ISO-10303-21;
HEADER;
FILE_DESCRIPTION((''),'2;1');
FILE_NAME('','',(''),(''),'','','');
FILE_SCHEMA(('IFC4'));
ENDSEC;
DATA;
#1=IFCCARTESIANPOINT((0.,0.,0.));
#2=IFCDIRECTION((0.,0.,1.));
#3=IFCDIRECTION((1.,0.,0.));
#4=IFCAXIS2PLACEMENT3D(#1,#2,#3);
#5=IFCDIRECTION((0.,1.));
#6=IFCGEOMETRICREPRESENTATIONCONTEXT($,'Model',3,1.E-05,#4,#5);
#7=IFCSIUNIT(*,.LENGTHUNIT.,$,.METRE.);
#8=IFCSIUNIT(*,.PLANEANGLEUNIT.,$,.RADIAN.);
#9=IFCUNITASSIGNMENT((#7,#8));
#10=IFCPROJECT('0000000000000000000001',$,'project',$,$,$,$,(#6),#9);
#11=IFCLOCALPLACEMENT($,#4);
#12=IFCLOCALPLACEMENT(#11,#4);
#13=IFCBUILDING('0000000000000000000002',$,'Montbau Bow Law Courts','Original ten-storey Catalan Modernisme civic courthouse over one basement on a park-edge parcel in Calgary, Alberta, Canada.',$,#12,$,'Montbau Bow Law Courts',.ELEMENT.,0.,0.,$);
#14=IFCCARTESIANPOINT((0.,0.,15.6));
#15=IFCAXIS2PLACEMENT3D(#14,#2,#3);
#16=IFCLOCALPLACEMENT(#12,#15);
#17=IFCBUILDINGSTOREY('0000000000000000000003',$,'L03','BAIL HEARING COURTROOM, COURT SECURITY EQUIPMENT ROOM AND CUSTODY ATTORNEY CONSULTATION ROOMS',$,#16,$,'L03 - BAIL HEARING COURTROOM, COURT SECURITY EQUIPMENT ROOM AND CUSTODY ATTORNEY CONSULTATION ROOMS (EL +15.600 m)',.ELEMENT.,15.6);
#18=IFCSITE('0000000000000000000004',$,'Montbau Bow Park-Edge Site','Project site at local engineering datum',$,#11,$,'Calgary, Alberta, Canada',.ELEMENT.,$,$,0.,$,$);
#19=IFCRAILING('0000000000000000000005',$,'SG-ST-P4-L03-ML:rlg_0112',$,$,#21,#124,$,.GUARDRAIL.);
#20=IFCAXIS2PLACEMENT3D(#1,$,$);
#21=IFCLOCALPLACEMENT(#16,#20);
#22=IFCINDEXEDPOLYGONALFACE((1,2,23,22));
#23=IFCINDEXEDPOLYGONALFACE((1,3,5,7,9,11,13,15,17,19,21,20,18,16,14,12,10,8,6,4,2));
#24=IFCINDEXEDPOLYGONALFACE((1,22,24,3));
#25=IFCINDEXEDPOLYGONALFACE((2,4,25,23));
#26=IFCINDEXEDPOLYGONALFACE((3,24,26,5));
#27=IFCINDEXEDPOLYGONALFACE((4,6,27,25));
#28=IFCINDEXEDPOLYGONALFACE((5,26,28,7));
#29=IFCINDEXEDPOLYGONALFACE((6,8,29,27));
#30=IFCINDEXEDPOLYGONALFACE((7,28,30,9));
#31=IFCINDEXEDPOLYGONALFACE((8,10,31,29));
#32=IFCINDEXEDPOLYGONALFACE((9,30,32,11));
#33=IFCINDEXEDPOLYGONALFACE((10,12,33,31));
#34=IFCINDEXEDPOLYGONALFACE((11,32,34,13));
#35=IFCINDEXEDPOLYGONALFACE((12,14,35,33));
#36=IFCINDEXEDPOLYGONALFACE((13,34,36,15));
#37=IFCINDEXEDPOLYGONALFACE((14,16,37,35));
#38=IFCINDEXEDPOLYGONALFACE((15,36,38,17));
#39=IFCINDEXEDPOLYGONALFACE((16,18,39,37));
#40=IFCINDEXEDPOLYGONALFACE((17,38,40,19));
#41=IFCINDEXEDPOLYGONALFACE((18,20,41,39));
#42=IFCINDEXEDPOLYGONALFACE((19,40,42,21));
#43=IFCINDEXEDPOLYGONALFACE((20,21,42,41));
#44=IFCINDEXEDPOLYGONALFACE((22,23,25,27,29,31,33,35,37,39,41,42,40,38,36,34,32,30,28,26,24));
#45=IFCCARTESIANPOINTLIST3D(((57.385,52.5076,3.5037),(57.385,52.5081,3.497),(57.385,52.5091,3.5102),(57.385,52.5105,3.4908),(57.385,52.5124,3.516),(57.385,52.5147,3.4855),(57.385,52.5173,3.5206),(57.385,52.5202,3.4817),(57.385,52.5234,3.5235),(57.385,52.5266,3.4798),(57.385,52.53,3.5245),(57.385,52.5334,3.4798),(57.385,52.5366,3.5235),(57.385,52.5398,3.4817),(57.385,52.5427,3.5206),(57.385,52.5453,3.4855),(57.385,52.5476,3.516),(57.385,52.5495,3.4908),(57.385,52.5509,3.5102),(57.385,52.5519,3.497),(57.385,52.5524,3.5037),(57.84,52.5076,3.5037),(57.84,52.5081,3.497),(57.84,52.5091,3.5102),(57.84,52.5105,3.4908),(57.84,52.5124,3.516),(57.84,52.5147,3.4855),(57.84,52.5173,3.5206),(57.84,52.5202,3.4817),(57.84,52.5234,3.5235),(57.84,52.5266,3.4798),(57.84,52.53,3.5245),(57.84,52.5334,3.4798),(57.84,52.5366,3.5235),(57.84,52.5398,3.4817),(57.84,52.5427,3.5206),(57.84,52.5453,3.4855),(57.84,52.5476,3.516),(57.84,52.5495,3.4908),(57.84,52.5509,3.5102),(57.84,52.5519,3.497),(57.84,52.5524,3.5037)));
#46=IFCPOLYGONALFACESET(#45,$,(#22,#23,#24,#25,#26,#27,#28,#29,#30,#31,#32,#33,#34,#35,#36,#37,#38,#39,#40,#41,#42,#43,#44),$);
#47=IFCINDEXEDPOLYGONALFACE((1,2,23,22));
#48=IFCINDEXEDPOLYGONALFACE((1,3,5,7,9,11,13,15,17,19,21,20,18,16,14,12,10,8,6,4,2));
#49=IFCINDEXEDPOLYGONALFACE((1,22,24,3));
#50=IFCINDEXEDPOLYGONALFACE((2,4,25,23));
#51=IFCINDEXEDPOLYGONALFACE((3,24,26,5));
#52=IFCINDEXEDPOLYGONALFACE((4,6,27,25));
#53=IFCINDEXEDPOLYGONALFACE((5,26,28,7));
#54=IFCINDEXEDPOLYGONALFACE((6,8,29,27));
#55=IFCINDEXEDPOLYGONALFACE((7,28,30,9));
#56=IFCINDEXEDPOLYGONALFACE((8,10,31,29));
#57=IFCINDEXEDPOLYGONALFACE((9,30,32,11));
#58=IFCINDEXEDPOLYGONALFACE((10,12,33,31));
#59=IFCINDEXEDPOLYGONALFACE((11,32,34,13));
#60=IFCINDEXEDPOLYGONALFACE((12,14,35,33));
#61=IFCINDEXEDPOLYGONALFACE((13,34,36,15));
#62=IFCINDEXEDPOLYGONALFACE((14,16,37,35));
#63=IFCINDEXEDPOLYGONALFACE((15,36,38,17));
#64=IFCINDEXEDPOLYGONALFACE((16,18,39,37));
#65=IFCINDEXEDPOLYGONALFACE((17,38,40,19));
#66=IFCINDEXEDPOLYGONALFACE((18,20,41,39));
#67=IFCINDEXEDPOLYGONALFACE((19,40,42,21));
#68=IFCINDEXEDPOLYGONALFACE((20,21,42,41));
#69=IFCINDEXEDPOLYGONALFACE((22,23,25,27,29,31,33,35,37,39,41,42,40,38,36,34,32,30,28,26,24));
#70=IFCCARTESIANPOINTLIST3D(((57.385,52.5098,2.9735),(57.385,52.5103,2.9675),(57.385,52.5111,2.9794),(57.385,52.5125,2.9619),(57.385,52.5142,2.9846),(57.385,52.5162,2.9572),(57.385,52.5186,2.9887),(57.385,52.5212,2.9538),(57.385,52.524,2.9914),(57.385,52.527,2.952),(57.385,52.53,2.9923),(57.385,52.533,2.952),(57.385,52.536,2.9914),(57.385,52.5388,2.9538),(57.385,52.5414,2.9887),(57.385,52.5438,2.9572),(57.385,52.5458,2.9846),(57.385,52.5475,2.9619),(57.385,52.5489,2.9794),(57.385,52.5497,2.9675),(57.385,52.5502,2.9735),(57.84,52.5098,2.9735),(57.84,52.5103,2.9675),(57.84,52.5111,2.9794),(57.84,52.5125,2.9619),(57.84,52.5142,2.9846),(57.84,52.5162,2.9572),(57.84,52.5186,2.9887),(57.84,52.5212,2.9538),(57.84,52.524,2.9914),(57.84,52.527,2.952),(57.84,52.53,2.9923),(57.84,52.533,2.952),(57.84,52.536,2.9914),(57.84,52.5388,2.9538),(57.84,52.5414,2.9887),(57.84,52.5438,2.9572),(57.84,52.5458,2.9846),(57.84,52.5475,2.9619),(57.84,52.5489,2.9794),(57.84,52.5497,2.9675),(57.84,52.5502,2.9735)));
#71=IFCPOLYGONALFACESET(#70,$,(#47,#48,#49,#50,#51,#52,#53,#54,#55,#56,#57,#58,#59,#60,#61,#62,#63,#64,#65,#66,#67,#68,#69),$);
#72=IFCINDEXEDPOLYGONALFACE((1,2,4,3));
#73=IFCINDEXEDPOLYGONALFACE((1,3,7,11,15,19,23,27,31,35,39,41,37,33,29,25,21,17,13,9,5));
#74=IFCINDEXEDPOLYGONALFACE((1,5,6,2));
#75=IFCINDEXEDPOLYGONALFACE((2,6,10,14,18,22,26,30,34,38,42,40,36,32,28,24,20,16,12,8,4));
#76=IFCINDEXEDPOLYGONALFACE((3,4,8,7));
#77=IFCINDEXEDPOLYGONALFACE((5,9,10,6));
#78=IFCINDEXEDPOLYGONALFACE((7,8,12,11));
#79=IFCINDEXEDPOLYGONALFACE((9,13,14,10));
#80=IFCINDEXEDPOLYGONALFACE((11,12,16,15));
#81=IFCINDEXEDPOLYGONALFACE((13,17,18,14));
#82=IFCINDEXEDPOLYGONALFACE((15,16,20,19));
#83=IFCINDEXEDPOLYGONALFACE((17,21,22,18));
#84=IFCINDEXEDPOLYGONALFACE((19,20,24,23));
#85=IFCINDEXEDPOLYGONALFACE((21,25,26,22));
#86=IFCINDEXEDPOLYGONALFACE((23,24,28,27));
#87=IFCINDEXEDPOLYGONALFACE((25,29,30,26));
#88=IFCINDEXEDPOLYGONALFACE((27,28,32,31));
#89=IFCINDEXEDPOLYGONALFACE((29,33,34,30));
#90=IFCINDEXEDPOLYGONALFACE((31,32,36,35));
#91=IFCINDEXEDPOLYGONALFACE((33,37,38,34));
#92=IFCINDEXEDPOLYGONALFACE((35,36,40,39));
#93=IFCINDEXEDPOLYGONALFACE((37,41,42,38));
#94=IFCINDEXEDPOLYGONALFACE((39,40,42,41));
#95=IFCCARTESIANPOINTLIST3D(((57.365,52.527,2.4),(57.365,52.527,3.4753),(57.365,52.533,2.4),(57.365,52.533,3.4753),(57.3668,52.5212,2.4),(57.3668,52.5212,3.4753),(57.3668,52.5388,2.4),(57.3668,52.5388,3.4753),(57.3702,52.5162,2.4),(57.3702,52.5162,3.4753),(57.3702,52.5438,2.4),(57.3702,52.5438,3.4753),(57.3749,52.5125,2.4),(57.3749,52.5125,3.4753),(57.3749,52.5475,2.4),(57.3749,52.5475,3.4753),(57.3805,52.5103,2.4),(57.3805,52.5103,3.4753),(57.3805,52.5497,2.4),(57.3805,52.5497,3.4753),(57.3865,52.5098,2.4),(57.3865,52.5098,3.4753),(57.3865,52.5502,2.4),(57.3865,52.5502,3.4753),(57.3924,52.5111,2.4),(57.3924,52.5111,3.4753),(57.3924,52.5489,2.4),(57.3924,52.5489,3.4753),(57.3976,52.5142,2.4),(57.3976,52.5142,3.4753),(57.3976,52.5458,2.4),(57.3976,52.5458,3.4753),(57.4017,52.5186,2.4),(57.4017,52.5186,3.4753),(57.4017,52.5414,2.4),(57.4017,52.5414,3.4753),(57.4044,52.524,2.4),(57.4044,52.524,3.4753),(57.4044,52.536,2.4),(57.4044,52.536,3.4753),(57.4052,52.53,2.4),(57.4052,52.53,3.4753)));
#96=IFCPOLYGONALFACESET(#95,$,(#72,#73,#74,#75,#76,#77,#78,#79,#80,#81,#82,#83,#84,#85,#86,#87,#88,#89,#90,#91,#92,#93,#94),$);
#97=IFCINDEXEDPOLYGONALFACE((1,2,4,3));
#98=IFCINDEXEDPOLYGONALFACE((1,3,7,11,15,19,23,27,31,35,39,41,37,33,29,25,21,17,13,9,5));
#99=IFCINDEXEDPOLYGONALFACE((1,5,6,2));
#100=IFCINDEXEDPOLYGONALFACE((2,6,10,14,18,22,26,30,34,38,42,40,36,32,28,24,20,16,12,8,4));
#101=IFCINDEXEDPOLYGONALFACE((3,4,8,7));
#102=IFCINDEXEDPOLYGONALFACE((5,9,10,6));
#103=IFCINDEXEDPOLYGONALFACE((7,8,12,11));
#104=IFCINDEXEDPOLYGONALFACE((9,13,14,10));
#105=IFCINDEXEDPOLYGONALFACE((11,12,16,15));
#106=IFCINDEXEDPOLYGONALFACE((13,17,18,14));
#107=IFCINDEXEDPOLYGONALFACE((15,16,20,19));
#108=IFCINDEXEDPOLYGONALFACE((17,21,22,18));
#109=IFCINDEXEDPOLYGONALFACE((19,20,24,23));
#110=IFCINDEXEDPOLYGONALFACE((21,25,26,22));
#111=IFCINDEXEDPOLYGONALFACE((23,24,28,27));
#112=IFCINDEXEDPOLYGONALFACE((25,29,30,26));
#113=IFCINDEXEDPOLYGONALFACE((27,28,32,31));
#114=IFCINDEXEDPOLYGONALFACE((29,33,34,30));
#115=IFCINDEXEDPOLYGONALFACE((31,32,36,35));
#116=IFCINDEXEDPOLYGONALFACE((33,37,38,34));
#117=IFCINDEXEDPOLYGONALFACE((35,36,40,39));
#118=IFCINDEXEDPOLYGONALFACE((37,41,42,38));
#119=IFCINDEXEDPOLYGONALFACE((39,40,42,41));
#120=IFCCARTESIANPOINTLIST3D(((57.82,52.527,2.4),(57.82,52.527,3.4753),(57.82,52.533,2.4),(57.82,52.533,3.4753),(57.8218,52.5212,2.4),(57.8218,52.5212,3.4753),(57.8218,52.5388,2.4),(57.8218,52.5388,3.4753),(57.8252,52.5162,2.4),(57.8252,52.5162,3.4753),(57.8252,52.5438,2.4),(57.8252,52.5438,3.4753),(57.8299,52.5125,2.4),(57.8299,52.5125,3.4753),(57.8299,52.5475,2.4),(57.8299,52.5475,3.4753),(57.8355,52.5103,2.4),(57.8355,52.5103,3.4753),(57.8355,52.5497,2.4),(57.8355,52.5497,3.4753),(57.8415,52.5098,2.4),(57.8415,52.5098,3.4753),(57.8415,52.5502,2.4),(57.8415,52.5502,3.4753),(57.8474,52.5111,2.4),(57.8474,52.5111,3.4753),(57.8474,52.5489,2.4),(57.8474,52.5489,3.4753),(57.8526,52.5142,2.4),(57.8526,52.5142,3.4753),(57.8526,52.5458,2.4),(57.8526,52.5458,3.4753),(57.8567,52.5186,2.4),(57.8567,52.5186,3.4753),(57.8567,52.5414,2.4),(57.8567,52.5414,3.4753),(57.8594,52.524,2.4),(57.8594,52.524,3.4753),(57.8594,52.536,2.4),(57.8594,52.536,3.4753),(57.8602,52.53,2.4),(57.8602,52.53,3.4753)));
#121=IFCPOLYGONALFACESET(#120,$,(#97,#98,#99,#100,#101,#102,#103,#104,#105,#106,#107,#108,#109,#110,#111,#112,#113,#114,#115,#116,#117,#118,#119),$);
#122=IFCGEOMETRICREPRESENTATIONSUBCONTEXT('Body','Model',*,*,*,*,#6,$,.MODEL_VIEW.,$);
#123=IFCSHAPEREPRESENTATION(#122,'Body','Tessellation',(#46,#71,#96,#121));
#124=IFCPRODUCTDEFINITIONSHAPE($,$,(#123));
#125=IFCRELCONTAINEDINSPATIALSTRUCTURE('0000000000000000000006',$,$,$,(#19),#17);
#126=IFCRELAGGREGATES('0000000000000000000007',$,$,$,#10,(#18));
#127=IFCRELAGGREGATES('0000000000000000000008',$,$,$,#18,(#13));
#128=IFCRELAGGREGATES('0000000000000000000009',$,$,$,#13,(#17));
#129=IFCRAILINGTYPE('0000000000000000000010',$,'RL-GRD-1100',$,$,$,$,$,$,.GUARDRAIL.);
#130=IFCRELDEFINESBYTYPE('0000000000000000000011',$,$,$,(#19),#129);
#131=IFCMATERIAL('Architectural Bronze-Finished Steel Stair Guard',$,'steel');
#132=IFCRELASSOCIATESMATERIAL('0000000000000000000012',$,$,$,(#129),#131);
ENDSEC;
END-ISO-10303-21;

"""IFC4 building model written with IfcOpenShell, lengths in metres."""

from ifc_helpers import new_model, si_unit, direction, frame, origin_with_axes, origin_2d_with_axis, place, context, subcontext, project, spatial, circle, extrude, material, type_object, element, save


model = new_model("IFC4")

# Units and contexts
model_context = context("Model", 3, precision=1e-05, world=origin_with_axes(), true_north=direction((0.0, 1.0)))
body_context = subcontext(model_context, "Body", "Model", "MODEL_VIEW")
ifc_project = project(units=[si_unit("LENGTHUNIT", "METRE"), si_unit("PLANEANGLEUNIT", "RADIAN")], contexts=[model_context])

# Site, building, storey
site_placement = place(None, origin_with_axes())
site = spatial("IfcSite", under=ifc_project, at=site_placement, Name="Montbau Bow Park-Edge Site", Description="Project site at local engineering datum", LongName="Calgary, Alberta, Canada", CompositionType="ELEMENT", RefElevation=0.0)
building_placement = place(site_placement, origin_with_axes())
building = spatial("IfcBuilding", under=site, at=building_placement, Name="Montbau Bow Law Courts", Description="Original ten-storey Catalan Modernisme civic courthouse over one basement on a park-edge parcel in Calgary, Alberta, Canada.", LongName="Montbau Bow Law Courts", CompositionType="ELEMENT", ElevationOfRefHeight=0.0, ElevationOfTerrain=0.0)
storey_placement = place(building_placement, frame((0.0, 0.0, 15.6), z_axis=(0.0, 0.0, 1.0), x_axis=(1.0, 0.0, 0.0)))
storey = spatial("IfcBuildingStorey", under=building, at=storey_placement, Name="L03", Description="BAIL HEARING COURTROOM, COURT SECURITY EQUIPMENT ROOM AND CUSTODY ATTORNEY CONSULTATION ROOMS", LongName="L03 - BAIL HEARING COURTROOM, COURT SECURITY EQUIPMENT ROOM AND CUSTODY ATTORNEY CONSULTATION ROOMS (EL +15.600 m)", CompositionType="ELEMENT", Elevation=15.6)

# Railing
ifc_material_1 = material(Name="Architectural Bronze-Finished Steel Stair Guard", Category="steel")
railing_type_1 = type_object("IfcRailingType", Name="RL-GRD-1100", PredefinedType="GUARDRAIL", material=ifc_material_1)
railing_1_placement = place(None, origin_with_axes())
element("IfcRailing", 1, at=railing_1_placement, inside=storey, type_object=railing_type_1, Name="SG-ST-P4-L03-ML:rlg_0112", PredefinedType="GUARDRAIL", context=body_context, shape_type="SweptSolid", body=[
    extrude(circle(Radius=0.0225, at=origin_2d_with_axis()), frame((57.385, 52.53, 19.102), z_axis=(1.0, 0.0, 0.0), x_axis=(0.0, 0.0, 1.0)), (0.0, 0.0, 1.0), 0.455),
    extrude(circle(Radius=0.0203, at=origin_2d_with_axis()), frame((57.385, 52.53, 18.572), z_axis=(1.0, 0.0, 0.0), x_axis=(0.0, 0.0, 1.0)), (0.0, 0.0, 1.0), 0.455),
    extrude(circle(Radius=0.0203, at=origin_2d_with_axis()), frame((57.385, 52.53, 18.0), z_axis=(0.0, 0.0, 1.0), x_axis=(1.0, 0.0, 0.0)), (0.0, 0.0, 1.0), 1.0753),
    extrude(circle(Radius=0.0203, at=origin_2d_with_axis()), frame((57.84, 52.53, 18.0), z_axis=(0.0, 0.0, 1.0), x_axis=(1.0, 0.0, 0.0)), (0.0, 0.0, 1.0), 1.0753),
])

save(model, "model.ifc")
